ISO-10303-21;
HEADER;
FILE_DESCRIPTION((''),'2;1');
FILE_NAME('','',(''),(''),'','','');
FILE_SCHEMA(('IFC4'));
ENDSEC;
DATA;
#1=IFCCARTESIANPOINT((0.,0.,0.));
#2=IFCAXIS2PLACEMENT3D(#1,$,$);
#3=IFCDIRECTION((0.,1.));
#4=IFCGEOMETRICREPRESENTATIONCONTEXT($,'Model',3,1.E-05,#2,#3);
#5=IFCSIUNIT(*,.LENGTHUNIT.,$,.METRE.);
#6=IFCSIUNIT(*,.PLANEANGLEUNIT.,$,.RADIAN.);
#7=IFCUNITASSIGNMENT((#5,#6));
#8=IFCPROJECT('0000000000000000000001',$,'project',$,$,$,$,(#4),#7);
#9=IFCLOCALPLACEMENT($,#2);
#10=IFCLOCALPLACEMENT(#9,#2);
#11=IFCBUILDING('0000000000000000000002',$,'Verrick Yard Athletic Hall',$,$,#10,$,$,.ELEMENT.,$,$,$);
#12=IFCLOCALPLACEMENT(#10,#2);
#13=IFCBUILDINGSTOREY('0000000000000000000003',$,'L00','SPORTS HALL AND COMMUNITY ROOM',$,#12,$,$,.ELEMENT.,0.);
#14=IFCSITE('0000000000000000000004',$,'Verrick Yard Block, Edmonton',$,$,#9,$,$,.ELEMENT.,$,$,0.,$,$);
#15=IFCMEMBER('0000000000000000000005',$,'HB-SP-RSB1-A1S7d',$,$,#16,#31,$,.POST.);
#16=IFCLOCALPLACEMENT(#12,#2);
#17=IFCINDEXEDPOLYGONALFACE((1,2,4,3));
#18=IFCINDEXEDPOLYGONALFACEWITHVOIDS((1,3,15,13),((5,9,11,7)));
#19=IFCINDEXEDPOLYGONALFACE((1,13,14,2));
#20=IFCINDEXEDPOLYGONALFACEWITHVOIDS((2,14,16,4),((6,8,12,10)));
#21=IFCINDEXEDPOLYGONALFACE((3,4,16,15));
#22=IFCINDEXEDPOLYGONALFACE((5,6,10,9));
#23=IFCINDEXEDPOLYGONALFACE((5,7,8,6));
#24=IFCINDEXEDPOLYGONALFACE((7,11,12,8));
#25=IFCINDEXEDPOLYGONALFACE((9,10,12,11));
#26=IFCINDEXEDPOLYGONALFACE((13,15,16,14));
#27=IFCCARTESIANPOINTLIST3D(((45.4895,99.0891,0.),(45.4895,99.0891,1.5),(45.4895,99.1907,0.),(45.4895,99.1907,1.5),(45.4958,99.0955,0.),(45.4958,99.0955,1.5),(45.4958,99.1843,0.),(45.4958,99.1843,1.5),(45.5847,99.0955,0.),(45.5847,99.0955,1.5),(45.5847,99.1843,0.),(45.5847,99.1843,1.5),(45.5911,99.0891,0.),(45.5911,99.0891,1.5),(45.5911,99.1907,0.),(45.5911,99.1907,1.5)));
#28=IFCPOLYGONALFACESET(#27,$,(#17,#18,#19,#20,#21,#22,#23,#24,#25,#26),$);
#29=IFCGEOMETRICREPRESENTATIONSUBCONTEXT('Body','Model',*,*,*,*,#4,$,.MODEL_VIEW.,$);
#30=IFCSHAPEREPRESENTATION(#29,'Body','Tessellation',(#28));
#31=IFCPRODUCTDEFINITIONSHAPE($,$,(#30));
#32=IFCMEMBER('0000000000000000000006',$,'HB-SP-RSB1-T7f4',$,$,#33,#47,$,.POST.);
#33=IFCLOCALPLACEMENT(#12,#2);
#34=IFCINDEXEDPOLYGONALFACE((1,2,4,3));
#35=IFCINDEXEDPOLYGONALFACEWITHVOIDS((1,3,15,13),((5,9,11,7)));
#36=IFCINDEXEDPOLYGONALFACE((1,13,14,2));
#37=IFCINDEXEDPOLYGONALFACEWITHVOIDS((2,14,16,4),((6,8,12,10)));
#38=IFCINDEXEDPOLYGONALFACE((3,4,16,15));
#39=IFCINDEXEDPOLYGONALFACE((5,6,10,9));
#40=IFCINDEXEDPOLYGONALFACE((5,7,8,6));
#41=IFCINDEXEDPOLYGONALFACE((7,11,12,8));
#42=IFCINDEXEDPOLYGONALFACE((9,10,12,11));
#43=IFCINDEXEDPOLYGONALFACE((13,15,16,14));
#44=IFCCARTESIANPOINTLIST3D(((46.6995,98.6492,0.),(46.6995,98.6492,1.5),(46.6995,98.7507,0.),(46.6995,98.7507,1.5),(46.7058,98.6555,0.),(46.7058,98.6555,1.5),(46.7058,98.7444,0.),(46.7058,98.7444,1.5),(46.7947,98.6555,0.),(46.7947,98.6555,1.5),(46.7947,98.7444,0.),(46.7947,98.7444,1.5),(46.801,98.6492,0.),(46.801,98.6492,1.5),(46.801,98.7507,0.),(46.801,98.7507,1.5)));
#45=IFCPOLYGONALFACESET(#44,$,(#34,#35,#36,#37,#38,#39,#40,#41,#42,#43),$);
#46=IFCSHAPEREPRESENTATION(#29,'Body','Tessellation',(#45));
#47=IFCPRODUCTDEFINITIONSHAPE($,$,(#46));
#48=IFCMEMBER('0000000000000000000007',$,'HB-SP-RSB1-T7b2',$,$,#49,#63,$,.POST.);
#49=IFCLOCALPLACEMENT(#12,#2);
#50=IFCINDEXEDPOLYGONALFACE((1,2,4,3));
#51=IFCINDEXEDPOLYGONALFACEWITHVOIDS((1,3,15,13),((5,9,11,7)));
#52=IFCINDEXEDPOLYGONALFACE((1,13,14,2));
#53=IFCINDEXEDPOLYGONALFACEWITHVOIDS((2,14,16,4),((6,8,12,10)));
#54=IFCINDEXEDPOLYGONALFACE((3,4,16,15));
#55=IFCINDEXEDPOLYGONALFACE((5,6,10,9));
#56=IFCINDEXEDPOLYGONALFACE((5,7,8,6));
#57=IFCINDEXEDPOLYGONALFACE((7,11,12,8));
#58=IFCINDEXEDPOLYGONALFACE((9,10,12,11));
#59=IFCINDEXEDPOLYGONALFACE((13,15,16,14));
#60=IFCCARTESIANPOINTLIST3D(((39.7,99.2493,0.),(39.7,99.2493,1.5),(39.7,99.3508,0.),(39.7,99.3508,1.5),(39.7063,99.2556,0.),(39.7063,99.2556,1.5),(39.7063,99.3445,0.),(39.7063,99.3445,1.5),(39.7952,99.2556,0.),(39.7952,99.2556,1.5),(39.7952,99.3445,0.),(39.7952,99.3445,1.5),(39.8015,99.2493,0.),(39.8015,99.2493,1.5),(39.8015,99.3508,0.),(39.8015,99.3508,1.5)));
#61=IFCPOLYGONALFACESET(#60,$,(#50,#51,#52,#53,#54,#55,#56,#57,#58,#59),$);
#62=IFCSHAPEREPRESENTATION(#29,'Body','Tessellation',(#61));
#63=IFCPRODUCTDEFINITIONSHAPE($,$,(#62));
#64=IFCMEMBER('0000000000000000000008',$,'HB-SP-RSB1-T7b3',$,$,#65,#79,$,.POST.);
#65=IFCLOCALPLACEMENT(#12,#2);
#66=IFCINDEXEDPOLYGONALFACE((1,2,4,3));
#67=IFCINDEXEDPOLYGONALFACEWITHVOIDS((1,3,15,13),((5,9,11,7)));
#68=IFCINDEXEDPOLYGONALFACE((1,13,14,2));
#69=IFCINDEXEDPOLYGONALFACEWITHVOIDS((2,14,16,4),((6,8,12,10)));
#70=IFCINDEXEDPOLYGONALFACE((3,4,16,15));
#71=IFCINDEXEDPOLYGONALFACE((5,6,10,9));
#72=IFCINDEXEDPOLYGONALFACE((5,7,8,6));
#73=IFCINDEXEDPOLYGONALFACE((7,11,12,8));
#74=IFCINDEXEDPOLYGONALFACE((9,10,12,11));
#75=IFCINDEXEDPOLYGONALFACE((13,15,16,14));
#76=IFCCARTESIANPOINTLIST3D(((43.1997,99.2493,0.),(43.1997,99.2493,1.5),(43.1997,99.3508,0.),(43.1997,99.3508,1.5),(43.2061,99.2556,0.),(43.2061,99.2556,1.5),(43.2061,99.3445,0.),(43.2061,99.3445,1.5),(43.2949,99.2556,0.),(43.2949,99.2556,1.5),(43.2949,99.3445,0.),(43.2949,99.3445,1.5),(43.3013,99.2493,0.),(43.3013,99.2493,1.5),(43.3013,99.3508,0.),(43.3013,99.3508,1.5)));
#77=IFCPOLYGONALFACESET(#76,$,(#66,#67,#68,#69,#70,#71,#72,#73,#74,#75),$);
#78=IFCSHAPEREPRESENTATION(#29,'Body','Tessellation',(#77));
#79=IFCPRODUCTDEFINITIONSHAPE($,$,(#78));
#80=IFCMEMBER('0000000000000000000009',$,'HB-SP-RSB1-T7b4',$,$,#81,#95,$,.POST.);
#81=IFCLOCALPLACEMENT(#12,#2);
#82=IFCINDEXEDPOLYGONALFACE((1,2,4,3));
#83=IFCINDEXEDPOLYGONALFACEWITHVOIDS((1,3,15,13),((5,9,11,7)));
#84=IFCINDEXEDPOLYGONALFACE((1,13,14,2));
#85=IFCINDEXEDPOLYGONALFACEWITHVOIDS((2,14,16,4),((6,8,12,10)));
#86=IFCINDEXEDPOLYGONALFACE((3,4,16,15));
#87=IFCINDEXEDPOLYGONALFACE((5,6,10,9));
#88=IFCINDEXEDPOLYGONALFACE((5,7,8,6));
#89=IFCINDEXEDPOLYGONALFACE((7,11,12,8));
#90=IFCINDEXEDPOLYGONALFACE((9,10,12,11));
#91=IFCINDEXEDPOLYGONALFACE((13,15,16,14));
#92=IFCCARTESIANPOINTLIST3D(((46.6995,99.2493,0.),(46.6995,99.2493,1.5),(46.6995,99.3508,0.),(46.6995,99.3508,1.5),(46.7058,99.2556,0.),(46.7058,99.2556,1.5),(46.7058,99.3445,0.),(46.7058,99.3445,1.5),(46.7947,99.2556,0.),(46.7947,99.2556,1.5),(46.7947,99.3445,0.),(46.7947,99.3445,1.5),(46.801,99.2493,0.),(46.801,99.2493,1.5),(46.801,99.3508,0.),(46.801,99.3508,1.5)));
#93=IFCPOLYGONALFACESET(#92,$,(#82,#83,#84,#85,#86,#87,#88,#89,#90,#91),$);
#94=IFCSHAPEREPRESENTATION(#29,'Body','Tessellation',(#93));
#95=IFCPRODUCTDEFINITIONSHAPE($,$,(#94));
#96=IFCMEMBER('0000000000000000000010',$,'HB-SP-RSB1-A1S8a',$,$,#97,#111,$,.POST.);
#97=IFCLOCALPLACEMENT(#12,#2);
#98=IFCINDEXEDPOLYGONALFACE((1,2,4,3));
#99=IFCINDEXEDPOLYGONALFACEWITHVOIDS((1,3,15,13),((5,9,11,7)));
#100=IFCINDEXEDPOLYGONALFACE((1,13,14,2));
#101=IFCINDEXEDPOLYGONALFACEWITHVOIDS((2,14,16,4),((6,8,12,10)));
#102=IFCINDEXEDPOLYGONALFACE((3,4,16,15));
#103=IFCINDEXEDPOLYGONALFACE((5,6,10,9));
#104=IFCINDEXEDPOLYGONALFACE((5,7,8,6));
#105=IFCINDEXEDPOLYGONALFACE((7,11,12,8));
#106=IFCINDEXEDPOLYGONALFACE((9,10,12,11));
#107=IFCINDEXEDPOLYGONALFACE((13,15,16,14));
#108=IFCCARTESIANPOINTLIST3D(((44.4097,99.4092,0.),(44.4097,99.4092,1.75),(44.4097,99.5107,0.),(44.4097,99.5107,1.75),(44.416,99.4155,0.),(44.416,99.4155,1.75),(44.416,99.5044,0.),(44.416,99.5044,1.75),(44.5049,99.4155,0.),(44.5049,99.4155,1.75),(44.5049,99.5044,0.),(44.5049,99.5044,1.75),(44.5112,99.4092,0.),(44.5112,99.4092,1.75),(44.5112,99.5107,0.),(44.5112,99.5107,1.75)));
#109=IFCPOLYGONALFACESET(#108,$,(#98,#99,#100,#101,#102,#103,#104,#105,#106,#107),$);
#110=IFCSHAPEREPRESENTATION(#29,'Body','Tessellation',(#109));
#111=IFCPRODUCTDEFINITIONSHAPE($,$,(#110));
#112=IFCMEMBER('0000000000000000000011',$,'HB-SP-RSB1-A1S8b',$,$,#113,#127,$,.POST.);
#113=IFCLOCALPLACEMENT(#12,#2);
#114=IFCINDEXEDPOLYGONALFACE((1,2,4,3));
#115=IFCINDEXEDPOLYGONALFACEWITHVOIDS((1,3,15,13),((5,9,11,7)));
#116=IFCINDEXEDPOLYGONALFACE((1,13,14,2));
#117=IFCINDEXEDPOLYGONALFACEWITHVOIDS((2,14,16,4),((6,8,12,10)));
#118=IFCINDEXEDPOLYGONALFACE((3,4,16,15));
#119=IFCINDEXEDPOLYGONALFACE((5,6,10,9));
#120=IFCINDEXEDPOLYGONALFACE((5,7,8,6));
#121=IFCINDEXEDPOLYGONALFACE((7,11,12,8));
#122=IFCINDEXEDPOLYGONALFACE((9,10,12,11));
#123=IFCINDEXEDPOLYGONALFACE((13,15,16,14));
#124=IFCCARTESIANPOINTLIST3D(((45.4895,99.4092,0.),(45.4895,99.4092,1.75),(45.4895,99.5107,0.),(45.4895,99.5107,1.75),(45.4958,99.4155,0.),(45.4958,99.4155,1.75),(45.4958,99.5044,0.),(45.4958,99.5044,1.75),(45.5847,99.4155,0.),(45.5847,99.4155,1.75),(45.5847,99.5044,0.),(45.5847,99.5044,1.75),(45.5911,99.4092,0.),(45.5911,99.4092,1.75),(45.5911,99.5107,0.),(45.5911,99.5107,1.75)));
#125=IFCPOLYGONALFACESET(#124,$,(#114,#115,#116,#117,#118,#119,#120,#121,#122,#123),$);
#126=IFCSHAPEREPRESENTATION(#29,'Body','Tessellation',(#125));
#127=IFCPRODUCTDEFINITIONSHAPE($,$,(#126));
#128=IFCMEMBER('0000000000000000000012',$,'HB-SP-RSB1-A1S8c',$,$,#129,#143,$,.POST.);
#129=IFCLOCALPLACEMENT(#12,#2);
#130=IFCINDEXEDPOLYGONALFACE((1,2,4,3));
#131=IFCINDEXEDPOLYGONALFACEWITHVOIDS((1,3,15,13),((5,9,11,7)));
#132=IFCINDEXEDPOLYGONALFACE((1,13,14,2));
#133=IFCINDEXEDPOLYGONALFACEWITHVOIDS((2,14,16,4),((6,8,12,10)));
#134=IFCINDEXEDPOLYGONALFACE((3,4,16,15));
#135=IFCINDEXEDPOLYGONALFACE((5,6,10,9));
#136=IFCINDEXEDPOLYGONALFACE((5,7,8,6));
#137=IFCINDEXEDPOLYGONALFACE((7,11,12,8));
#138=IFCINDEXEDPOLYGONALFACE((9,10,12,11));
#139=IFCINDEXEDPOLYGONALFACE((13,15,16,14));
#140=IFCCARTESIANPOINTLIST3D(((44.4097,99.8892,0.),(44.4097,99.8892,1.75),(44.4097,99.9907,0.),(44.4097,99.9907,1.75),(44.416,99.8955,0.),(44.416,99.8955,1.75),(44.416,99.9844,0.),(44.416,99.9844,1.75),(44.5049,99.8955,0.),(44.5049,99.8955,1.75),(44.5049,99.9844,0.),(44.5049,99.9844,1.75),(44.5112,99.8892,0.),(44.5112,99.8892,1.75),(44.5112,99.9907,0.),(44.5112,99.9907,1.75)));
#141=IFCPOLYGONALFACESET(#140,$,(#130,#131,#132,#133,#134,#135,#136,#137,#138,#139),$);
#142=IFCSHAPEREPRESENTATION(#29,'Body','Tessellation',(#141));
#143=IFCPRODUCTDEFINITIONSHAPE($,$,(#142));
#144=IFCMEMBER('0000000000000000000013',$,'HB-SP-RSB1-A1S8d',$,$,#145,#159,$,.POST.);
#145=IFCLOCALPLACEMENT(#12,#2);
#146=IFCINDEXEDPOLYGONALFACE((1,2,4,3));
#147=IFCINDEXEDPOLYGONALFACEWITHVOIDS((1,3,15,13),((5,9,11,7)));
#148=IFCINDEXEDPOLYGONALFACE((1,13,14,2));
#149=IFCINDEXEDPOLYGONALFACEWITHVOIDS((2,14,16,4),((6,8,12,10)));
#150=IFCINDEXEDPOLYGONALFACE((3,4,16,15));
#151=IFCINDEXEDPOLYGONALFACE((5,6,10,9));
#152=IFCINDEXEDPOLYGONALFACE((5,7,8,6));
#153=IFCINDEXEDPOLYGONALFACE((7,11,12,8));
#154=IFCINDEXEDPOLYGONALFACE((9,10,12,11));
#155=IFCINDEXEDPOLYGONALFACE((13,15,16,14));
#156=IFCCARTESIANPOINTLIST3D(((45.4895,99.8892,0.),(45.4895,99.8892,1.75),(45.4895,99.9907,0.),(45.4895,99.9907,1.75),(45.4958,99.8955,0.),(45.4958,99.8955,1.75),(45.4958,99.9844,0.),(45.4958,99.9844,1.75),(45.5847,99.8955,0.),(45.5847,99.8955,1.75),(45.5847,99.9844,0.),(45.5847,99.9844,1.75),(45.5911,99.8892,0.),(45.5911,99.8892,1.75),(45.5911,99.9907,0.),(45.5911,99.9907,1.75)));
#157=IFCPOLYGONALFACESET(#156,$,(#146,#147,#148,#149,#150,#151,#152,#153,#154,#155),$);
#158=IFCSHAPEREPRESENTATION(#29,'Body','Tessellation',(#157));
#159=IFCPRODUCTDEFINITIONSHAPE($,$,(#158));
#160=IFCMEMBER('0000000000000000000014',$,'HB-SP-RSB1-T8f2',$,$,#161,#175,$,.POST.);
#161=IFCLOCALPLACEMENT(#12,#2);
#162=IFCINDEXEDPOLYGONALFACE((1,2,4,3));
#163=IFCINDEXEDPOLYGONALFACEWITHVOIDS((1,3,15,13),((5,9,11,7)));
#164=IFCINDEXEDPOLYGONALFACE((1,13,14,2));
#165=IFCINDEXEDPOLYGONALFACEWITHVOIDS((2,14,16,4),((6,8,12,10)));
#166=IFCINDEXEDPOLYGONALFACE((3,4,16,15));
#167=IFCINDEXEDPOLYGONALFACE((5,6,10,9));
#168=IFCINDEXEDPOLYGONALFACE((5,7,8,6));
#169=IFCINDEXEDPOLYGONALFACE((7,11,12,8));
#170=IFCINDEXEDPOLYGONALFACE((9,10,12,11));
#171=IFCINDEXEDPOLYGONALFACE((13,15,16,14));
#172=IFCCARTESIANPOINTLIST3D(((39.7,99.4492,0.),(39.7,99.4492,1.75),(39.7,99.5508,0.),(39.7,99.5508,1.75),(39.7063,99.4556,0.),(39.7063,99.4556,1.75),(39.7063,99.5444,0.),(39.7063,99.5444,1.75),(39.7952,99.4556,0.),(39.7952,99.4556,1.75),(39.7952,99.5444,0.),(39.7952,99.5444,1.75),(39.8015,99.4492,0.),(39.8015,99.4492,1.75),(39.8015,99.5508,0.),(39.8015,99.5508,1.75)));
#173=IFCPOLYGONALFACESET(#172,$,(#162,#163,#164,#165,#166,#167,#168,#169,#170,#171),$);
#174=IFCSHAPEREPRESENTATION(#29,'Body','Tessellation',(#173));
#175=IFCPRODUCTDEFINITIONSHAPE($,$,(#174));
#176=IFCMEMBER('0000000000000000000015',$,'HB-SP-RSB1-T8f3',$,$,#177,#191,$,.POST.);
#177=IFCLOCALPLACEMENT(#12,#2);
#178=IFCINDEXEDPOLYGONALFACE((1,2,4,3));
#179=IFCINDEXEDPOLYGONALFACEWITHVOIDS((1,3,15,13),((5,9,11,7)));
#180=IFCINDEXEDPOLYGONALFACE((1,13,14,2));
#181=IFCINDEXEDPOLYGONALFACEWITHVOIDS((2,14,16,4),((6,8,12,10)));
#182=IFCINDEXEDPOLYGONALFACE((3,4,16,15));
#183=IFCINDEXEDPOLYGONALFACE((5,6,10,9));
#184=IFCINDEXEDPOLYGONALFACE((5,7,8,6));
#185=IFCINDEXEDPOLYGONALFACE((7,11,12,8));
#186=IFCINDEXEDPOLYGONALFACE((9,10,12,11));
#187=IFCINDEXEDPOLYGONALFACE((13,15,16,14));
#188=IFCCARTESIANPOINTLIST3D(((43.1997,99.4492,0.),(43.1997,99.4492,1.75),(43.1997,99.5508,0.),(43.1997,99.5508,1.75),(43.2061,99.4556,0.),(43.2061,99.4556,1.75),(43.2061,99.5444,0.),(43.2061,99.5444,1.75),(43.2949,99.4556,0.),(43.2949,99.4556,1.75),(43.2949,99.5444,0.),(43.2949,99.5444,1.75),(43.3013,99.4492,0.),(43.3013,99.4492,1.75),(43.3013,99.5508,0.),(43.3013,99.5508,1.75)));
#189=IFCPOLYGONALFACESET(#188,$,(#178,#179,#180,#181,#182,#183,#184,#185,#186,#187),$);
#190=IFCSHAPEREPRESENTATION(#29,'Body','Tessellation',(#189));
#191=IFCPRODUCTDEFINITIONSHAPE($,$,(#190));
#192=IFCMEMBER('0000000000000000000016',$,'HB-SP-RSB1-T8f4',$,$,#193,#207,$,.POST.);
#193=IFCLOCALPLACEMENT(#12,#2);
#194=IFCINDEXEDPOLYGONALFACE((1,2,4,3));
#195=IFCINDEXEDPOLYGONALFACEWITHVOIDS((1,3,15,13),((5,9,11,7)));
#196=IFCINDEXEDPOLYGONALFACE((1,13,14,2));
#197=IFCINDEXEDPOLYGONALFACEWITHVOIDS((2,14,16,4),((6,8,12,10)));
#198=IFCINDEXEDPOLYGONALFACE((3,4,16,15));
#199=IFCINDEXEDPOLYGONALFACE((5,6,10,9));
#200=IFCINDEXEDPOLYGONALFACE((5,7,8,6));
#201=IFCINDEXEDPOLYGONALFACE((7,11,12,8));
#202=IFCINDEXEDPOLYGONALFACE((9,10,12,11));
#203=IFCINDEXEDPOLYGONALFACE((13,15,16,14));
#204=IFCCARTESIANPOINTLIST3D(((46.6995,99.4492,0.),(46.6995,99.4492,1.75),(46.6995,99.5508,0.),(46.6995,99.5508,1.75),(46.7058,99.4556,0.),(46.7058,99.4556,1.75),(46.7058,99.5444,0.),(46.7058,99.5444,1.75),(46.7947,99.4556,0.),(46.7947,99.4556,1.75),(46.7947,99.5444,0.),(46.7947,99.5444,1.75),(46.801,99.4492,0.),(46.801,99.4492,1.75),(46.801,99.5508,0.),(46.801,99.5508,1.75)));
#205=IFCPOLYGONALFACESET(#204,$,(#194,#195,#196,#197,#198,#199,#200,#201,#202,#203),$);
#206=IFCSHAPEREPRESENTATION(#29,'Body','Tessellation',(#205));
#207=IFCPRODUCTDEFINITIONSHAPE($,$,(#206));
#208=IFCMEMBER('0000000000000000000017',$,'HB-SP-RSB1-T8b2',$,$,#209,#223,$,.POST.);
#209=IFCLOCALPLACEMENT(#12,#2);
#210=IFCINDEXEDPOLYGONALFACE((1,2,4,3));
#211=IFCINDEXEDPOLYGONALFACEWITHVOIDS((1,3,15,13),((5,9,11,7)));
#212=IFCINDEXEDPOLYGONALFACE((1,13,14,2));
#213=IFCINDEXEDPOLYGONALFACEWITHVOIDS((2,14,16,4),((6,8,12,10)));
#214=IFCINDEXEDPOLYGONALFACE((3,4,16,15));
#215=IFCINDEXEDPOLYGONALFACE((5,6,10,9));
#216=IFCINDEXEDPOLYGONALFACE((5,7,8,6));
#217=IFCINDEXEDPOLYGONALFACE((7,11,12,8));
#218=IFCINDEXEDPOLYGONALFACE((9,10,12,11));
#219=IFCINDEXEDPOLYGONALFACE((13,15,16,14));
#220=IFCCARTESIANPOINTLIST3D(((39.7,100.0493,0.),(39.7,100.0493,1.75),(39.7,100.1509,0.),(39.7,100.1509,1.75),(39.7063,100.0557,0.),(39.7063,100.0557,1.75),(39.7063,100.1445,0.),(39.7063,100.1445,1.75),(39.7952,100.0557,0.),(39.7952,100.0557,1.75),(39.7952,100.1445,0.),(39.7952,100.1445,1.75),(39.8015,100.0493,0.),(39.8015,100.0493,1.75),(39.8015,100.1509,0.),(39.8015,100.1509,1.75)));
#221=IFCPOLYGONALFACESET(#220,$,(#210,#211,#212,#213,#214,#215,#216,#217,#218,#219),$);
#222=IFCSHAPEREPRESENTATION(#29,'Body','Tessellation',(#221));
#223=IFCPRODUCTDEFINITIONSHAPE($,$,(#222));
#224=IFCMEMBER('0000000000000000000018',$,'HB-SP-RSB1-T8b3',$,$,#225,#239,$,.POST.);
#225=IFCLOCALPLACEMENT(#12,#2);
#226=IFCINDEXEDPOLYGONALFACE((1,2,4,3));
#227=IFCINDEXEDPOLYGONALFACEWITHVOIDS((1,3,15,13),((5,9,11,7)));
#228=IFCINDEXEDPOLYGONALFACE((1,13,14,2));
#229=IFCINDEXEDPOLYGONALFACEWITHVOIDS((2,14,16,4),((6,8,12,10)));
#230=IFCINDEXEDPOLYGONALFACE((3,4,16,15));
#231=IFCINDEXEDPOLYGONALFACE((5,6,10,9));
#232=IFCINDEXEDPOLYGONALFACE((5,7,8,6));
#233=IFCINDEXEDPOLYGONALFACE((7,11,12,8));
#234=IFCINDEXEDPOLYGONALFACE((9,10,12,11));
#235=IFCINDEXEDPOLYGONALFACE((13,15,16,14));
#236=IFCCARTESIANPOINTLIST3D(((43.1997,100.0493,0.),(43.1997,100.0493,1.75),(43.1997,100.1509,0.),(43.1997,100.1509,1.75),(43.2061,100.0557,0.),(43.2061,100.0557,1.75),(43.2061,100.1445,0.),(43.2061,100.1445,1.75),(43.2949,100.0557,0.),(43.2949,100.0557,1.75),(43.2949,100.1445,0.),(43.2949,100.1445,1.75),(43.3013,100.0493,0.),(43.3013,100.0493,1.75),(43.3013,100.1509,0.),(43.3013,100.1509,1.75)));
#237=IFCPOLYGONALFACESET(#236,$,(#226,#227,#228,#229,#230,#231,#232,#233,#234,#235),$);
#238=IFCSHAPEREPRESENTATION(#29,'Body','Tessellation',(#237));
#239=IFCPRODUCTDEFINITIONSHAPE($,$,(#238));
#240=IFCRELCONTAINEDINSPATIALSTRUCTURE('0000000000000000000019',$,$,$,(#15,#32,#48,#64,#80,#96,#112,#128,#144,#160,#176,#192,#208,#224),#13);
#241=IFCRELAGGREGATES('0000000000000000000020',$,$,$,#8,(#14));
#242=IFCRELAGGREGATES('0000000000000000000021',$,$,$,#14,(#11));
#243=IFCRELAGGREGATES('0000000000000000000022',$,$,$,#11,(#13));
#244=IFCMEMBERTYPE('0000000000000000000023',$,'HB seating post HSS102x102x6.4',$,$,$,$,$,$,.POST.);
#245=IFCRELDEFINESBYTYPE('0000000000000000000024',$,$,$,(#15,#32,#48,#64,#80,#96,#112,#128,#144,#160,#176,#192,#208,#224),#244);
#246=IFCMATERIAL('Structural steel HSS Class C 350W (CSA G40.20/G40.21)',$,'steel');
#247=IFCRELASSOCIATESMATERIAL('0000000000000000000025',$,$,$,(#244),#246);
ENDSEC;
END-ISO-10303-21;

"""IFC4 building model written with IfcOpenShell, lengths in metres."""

from ifc_helpers import new_model, si_unit, direction, frame, origin, origin_2d, place, context, subcontext, project, spatial, hollow_rectangle, extrude, material, material_profile, profile_set, type_object, element, save


model = new_model("IFC4")

# Units and contexts
model_context = context("Model", 3, precision=1e-05, world=origin(), true_north=direction((0.0, 1.0)))
body_context = subcontext(model_context, "Body", "Model", "MODEL_VIEW")
ifc_project = project(units=[si_unit("LENGTHUNIT", "METRE"), si_unit("PLANEANGLEUNIT", "RADIAN")], contexts=[model_context])

# Site, building, storey
site_placement = place(None, origin())
site = spatial("IfcSite", under=ifc_project, at=site_placement, Name="Verrick Yard Block, Edmonton", CompositionType="ELEMENT", RefElevation=0.0)
building_placement = place(site_placement, origin())
building = spatial("IfcBuilding", under=site, at=building_placement, Name="Verrick Yard Athletic Hall", CompositionType="ELEMENT")
storey_placement = place(building_placement, origin())
storey = spatial("IfcBuildingStorey", under=building, at=storey_placement, Name="L00", Description="SPORTS HALL AND COMMUNITY ROOM", CompositionType="ELEMENT", Elevation=0.0)

# Members
ifc_material_1 = material(Name="Structural steel HSS Class C 350W (CSA G40.20/G40.21)", Category="steel")
ifc_material_profile_1 = material_profile(ifc_material_1, hollow_rectangle(XDim=0.1016, YDim=0.1016, WallThickness=0.0063, at=origin_2d()), Name="HSS102x102x6.4")
ifc_profile_set_1 = profile_set([ifc_material_profile_1], Name="Structural steel HSS Class C 350W (CSA G40.20/G40.21)")
member_type = type_object("IfcMemberType", Name="HB seating post HSS102x102x6.4", PredefinedType="POST", material=ifc_profile_set_1)
for number, where, z_axis, x_axis, name in (
    (1, (45.5403, 99.1399, 0.0), (0.0, 0.0, 1.0), (0.0, 1.0, 0.0), "HB-SP-RSB1-A1S7d"),
    (2, (46.7502, 98.7, 0.0), (0.0, 0.0, 1.0), (0.0, 1.0, 0.0), "HB-SP-RSB1-T7f4"),
    (3, (39.7507, 99.3, 0.0), (0.0, 0.0, 1.0), (0.0, 1.0, 0.0), "HB-SP-RSB1-T7b2"),
    (4, (43.2505, 99.3, 0.0), (0.0, 0.0, 1.0), (0.0, 1.0, 0.0), "HB-SP-RSB1-T7b3"),
    (5, (46.7502, 99.3, 0.0), (0.0, 0.0, 1.0), (0.0, 1.0, 0.0), "HB-SP-RSB1-T7b4"),
):
    element("IfcMember", number, at=place(storey_placement, frame(where, z_axis=z_axis, x_axis=x_axis)), inside=storey, type_object=member_type, Name=name, PredefinedType="POST", context=body_context, shape_type="SweptSolid", body=[
        extrude(hollow_rectangle(XDim=0.1016, YDim=0.1016, WallThickness=0.0063, at=origin_2d()), origin(), (0.0, 0.0, 1.0), 1.5),
    ])
for number, where, z_axis, x_axis, name in (
    (6, (44.4604, 99.46, 0.0), (0.0, 0.0, 1.0), (0.0, 1.0, 0.0), "HB-SP-RSB1-A1S8a"),
    (7, (45.5403, 99.46, 0.0), (0.0, 0.0, 1.0), (0.0, 1.0, 0.0), "HB-SP-RSB1-A1S8b"),
    (8, (44.4604, 99.9399, 0.0), (0.0, 0.0, 1.0), (0.0, 1.0, 0.0), "HB-SP-RSB1-A1S8c"),
    (9, (45.5403, 99.9399, 0.0), (0.0, 0.0, 1.0), (0.0, 1.0, 0.0), "HB-SP-RSB1-A1S8d"),
    (10, (39.7507, 99.5, 0.0), (0.0, 0.0, 1.0), (0.0, 1.0, 0.0), "HB-SP-RSB1-T8f2"),
    (11, (43.2505, 99.5, 0.0), (0.0, 0.0, 1.0), (0.0, 1.0, 0.0), "HB-SP-RSB1-T8f3"),
    (12, (46.7502, 99.5, 0.0), (0.0, 0.0, 1.0), (0.0, 1.0, 0.0), "HB-SP-RSB1-T8f4"),
    (13, (39.7507, 100.1001, 0.0), (0.0, 0.0, 1.0), (0.0, 1.0, 0.0), "HB-SP-RSB1-T8b2"),
    (14, (43.2505, 100.1001, 0.0), (0.0, 0.0, 1.0), (0.0, 1.0, 0.0), "HB-SP-RSB1-T8b3"),
):
    element("IfcMember", number, at=place(storey_placement, frame(where, z_axis=z_axis, x_axis=x_axis)), inside=storey, type_object=member_type, Name=name, PredefinedType="POST", context=body_context, shape_type="SweptSolid", body=[
        extrude(hollow_rectangle(XDim=0.1016, YDim=0.1016, WallThickness=0.0063, at=origin_2d()), origin(), (0.0, 0.0, 1.0), 1.75),
    ])

save(model, "model.ifc")
